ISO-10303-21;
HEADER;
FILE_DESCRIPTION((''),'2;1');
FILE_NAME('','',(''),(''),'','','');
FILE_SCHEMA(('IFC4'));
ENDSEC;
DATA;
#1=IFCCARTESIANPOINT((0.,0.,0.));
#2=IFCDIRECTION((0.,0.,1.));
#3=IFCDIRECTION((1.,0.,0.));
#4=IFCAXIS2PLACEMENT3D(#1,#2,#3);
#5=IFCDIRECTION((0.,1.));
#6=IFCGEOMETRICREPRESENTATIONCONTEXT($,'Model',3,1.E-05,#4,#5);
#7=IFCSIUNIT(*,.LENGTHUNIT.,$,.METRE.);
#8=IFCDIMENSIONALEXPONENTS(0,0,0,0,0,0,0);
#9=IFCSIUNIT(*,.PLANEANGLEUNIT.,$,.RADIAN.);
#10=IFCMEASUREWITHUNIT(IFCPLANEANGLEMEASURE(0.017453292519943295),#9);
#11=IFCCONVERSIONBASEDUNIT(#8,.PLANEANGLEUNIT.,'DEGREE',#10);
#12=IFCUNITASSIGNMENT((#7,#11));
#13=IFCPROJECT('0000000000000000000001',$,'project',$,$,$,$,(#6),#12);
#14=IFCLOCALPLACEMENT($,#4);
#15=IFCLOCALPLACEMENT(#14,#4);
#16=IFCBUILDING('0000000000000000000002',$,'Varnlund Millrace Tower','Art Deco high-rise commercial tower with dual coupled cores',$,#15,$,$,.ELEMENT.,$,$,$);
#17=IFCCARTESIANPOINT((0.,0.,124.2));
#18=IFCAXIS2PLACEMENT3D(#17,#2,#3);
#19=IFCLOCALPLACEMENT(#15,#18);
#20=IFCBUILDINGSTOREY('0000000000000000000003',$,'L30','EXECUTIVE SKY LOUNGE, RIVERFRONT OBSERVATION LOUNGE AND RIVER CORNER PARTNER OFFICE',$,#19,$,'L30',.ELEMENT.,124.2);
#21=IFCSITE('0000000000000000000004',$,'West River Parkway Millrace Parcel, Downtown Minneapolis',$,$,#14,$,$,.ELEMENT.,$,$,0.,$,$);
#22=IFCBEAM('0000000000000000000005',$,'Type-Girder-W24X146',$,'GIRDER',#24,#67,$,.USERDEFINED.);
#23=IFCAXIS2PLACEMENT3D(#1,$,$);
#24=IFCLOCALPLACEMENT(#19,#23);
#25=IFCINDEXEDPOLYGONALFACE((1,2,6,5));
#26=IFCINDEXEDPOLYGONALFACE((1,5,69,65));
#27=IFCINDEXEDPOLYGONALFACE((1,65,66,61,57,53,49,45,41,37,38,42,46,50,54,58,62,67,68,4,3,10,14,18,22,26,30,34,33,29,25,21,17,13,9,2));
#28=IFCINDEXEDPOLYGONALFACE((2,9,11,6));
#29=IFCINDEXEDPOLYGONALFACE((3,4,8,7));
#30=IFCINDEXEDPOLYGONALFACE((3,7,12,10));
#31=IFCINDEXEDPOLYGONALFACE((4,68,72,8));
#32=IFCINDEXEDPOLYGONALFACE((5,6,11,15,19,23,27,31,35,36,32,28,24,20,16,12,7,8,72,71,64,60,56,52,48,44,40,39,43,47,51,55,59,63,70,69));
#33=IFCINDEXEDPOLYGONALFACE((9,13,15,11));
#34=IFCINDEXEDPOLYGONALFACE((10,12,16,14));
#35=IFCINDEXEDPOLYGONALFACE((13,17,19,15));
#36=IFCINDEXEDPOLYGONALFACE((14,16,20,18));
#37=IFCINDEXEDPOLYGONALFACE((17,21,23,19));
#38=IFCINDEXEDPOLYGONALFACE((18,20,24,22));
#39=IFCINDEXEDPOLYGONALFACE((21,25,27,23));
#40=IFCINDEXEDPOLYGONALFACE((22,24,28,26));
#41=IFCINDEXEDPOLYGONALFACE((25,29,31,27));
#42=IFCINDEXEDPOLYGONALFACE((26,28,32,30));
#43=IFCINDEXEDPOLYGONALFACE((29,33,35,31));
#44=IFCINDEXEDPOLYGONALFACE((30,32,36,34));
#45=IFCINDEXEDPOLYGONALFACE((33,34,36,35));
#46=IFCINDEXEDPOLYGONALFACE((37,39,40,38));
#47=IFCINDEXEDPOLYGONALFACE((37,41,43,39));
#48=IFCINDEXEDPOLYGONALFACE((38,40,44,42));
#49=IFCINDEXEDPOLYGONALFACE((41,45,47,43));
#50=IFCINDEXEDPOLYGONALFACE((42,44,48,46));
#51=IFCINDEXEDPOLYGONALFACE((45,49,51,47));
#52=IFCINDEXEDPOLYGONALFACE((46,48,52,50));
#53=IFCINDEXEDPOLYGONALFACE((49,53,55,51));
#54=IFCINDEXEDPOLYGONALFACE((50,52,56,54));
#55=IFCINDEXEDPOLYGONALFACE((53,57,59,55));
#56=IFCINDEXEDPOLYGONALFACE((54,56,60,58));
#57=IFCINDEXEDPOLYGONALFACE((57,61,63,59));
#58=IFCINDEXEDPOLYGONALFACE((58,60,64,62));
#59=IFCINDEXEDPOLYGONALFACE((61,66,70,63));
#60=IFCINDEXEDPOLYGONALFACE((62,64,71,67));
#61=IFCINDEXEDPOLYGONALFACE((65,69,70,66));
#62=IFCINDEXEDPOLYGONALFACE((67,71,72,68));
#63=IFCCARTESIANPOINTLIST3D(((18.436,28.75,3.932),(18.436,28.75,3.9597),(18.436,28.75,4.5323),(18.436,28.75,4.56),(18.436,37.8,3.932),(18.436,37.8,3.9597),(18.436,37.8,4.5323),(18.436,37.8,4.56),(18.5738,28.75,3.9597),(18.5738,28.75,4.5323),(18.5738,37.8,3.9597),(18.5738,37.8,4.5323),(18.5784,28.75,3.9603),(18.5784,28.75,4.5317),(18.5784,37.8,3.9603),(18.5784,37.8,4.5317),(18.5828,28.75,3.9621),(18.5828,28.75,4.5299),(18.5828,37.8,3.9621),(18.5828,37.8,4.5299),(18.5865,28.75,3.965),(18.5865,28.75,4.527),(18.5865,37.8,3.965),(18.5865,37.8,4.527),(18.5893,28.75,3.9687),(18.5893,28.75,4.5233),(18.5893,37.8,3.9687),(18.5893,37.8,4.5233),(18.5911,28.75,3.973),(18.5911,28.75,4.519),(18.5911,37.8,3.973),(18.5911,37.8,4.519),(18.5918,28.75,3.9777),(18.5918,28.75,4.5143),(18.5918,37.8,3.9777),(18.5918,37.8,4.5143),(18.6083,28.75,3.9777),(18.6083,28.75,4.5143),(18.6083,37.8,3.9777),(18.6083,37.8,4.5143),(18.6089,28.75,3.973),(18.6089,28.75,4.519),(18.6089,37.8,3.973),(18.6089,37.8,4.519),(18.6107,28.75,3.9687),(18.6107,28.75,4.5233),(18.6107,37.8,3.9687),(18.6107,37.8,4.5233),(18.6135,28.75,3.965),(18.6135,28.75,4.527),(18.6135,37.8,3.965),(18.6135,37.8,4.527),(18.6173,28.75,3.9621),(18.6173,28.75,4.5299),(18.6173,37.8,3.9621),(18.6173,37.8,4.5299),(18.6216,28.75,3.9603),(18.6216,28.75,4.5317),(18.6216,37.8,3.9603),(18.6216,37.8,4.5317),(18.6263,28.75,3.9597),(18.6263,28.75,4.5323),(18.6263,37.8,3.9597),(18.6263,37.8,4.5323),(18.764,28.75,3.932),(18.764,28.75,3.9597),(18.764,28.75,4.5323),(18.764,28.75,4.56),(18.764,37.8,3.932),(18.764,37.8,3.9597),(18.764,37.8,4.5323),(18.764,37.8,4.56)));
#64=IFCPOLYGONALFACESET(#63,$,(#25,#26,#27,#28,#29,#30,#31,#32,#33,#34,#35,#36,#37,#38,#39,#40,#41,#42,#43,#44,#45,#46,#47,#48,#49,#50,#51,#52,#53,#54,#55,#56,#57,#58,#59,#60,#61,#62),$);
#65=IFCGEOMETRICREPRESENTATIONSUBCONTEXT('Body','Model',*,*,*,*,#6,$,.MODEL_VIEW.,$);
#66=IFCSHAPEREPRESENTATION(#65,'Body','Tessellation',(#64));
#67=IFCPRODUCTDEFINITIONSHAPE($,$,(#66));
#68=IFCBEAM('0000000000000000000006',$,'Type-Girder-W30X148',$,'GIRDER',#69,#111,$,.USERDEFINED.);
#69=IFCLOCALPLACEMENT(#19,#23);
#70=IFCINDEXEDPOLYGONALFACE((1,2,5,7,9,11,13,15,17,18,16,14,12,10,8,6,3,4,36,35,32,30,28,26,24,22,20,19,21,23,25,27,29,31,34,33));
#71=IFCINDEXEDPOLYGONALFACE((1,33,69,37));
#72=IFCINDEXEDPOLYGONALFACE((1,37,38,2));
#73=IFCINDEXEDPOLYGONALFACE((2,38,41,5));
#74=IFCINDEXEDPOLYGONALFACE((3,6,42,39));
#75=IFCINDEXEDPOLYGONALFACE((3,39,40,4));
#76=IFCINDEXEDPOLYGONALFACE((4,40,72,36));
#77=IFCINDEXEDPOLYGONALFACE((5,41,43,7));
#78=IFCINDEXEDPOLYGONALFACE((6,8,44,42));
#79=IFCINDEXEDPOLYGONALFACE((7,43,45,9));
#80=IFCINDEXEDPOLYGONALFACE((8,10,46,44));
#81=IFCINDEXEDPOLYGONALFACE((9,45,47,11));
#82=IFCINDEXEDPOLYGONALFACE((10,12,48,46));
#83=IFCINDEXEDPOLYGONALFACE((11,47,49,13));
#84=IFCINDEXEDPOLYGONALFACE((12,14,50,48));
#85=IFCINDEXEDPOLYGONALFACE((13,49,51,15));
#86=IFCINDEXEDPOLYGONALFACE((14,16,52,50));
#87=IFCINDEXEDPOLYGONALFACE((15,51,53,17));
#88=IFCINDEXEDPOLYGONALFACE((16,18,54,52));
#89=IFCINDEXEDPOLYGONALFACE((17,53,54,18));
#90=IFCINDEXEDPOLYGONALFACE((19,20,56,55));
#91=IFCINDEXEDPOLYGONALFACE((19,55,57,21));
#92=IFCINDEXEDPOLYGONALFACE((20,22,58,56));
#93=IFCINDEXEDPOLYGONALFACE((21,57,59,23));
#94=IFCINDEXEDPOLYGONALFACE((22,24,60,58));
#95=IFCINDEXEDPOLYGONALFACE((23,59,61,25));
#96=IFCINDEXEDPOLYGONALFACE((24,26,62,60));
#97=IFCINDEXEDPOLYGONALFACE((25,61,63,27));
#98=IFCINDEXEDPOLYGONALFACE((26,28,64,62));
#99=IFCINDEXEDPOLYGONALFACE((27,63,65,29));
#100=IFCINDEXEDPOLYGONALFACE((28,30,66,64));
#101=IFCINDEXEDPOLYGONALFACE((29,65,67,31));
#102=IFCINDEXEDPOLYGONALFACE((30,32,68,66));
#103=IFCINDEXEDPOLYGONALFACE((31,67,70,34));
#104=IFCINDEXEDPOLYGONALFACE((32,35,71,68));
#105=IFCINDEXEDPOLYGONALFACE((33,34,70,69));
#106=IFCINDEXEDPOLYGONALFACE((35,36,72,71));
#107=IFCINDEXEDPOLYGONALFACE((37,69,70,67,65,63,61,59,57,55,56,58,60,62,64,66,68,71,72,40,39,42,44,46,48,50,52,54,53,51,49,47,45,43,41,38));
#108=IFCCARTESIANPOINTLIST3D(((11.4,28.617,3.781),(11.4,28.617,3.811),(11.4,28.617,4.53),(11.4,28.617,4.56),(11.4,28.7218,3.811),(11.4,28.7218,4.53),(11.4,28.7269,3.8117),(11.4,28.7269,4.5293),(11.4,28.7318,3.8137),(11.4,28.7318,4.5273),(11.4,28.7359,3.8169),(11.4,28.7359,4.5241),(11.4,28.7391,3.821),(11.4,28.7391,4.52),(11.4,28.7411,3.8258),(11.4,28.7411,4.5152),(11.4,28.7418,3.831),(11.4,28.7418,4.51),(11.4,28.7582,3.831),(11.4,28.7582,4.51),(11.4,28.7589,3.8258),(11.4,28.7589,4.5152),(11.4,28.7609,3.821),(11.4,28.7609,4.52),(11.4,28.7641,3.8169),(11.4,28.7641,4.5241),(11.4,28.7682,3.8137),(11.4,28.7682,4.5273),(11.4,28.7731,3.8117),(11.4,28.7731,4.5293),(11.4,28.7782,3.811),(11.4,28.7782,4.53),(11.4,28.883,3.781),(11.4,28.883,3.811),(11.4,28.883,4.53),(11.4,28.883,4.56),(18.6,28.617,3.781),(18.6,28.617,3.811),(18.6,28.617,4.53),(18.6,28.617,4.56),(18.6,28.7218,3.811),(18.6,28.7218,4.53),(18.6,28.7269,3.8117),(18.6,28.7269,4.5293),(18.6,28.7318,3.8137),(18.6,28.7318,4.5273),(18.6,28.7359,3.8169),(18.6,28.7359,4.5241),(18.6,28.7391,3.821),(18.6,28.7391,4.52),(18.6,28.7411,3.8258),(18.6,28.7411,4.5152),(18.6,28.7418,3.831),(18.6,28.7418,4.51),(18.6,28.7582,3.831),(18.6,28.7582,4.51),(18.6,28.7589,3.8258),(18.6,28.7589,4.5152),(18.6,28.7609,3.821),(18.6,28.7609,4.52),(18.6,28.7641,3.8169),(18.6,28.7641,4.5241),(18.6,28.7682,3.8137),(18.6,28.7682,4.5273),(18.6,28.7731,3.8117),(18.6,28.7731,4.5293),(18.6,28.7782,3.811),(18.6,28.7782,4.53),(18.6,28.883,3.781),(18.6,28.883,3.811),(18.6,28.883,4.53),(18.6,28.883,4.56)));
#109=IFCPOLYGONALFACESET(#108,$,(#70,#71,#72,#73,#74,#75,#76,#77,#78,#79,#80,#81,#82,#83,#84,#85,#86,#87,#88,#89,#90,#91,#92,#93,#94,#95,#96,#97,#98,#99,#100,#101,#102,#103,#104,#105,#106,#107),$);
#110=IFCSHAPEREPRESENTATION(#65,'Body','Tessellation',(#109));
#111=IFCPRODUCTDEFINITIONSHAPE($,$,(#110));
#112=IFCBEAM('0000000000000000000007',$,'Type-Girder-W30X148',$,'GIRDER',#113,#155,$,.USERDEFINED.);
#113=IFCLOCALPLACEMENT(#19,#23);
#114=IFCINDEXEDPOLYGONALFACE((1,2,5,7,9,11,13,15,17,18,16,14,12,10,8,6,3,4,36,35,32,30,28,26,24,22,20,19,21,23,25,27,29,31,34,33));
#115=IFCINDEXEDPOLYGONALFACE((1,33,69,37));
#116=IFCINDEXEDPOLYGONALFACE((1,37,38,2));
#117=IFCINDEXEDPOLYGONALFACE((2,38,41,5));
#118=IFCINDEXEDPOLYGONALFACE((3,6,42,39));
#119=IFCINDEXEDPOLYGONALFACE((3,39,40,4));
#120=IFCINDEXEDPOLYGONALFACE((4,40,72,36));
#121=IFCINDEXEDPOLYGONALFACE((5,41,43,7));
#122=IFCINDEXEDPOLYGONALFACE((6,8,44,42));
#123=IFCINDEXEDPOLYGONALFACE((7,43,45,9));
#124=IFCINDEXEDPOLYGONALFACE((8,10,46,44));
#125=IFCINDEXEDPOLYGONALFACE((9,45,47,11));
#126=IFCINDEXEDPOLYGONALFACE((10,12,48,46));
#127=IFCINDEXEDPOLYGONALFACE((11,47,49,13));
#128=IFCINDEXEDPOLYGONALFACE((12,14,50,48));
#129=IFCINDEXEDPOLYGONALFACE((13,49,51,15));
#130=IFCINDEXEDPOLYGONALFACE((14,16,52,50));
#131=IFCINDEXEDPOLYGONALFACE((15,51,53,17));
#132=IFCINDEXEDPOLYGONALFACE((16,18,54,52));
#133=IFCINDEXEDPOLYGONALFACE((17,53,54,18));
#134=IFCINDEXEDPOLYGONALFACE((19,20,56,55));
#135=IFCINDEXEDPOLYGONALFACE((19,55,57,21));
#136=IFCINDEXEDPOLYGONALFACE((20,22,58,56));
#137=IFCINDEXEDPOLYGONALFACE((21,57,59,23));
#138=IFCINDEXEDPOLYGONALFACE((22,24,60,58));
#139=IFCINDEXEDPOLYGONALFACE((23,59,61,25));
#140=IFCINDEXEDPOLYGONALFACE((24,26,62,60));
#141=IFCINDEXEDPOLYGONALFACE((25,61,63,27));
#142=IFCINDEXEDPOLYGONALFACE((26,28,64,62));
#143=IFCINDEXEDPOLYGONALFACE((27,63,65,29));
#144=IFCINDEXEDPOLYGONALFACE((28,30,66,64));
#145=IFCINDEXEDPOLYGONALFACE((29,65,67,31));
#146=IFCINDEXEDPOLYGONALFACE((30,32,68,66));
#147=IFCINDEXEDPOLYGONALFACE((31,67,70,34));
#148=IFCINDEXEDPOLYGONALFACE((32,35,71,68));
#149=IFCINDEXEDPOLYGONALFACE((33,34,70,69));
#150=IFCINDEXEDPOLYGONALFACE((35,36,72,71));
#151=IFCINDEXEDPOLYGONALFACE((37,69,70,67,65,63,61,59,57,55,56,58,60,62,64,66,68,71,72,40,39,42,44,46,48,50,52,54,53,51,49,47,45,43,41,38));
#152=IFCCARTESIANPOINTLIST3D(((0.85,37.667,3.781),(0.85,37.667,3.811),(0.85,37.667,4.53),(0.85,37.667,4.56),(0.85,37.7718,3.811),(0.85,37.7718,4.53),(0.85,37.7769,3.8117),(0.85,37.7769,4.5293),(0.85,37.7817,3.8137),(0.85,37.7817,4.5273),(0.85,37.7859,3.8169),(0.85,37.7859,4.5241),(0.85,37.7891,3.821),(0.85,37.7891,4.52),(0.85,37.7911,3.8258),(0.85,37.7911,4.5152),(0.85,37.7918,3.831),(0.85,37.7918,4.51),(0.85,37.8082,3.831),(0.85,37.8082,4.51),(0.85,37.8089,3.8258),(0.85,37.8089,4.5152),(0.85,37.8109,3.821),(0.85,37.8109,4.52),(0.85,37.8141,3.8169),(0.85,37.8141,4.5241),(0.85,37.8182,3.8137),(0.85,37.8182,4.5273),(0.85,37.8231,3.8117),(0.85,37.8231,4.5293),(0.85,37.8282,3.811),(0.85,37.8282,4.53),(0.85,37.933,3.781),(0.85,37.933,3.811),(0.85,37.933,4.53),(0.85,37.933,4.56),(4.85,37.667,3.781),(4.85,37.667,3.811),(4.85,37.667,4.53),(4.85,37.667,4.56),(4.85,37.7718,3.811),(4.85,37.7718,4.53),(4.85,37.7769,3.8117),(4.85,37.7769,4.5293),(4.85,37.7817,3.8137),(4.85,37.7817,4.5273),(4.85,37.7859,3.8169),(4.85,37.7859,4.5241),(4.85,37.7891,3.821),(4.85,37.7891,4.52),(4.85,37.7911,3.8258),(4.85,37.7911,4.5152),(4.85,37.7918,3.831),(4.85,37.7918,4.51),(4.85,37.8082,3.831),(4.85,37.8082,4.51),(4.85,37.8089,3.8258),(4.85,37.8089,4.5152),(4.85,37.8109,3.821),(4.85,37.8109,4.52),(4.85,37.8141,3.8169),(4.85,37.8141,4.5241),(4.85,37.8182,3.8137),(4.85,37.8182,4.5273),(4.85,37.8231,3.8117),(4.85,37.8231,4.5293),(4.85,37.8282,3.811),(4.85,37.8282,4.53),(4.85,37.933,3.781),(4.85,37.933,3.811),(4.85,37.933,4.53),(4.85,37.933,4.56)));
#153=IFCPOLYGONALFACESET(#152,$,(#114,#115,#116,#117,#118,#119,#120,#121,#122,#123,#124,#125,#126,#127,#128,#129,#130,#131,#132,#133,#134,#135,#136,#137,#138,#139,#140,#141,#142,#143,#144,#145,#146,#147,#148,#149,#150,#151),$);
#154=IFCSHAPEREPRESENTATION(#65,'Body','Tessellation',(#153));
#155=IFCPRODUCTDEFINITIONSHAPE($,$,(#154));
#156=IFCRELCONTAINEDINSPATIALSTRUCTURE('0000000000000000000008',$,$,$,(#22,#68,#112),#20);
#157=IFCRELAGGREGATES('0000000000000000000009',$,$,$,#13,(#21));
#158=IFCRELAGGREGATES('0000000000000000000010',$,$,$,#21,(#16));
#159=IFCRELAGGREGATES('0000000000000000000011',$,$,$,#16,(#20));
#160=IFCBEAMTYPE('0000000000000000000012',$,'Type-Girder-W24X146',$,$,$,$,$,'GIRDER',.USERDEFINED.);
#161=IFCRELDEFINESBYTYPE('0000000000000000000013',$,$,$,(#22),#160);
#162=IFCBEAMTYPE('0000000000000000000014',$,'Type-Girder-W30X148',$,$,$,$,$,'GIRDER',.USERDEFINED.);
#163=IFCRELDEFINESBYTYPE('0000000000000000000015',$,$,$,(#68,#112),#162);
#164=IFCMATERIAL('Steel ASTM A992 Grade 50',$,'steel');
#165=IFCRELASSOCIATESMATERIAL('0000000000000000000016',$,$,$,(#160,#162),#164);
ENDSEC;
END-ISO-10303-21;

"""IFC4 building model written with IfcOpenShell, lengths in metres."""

from ifc_helpers import new_model, entity, si_unit, converted_unit, direction, frame, origin_with_axes, origin_2d_with_axis, place, context, subcontext, project, spatial, i_section, extrude, material, material_profile, profile_set, type_object, element, save


model = new_model("IFC4")

# Units and contexts
model_context = context("Model", 3, precision=1e-05, world=origin_with_axes(), true_north=direction((0.0, 1.0)))
body_context = subcontext(model_context, "Body", "Model", "MODEL_VIEW")
ifc_project = project(units=[si_unit("LENGTHUNIT", "METRE"), converted_unit("PLANEANGLEUNIT", "DEGREE", entity("IfcPlaneAngleMeasure", 0.017453292519943295), si_unit("PLANEANGLEUNIT", "RADIAN"), dimensions=[0, 0, 0, 0, 0, 0, 0])], contexts=[model_context])

# Site, building, storey
site_placement = place(None, origin_with_axes())
site = spatial("IfcSite", under=ifc_project, at=site_placement, Name="West River Parkway Millrace Parcel, Downtown Minneapolis", CompositionType="ELEMENT", RefElevation=0.0)
building_placement = place(site_placement, origin_with_axes())
building = spatial("IfcBuilding", under=site, at=building_placement, Name="Varnlund Millrace Tower", Description="Art Deco high-rise commercial tower with dual coupled cores", CompositionType="ELEMENT")
storey_placement = place(building_placement, frame((0.0, 0.0, 124.2), z_axis=(0.0, 0.0, 1.0), x_axis=(1.0, 0.0, 0.0)))
storey = spatial("IfcBuildingStorey", under=building, at=storey_placement, Name="L30", Description="EXECUTIVE SKY LOUNGE, RIVERFRONT OBSERVATION LOUNGE AND RIVER CORNER PARTNER OFFICE", LongName="L30", CompositionType="ELEMENT", Elevation=124.2)

# Beams
ifc_material_1 = material(Name="Steel ASTM A992 Grade 50", Category="steel")
ifc_material_profile_1 = material_profile(ifc_material_1, i_section(OverallWidth=0.328, OverallDepth=0.628, WebThickness=0.0165, FlangeThickness=0.0277, FilletRadius=0.018, at=origin_2d_with_axis()), Name="Steel ASTM A992 Grade 50")
ifc_profile_set_1 = profile_set([ifc_material_profile_1], Name="Steel ASTM A992 Grade 50")
beam_type_1 = type_object("IfcBeamType", Name="Type-Girder-W24X146", ElementType="GIRDER", PredefinedType="USERDEFINED", material=ifc_profile_set_1)
for number, where, z_axis, x_axis, name in (
    (1, (18.6, 28.75, 4.246), (0.0, 1.0, 0.0), (-1.0, 0.0, 0.0), "Type-Girder-W24X146"),
):
    element("IfcBeam", number, at=place(storey_placement, frame(where, z_axis=z_axis, x_axis=x_axis)), inside=storey, type_object=beam_type_1, Name=name, ObjectType="GIRDER", PredefinedType="USERDEFINED", context=body_context, shape_type="SweptSolid", body=[
        extrude(i_section(OverallWidth=0.328, OverallDepth=0.628, WebThickness=0.0165, FlangeThickness=0.0277, FilletRadius=0.018, at=origin_2d_with_axis()), origin_with_axes(), (0.0, 0.0, 1.0), 9.05),
    ])
ifc_material_profile_2 = material_profile(ifc_material_1, i_section(OverallWidth=0.266, OverallDepth=0.779, WebThickness=0.0165, FlangeThickness=0.03, FilletRadius=0.02, at=origin_2d_with_axis()), Name="Steel ASTM A992 Grade 50")
ifc_profile_set_2 = profile_set([ifc_material_profile_2], Name="Steel ASTM A992 Grade 50")
beam_type_2 = type_object("IfcBeamType", Name="Type-Girder-W30X148", ElementType="GIRDER", PredefinedType="USERDEFINED", material=ifc_profile_set_2)
beam_1_placement = place(storey_placement, frame((11.4, 28.75, 4.1705), z_axis=(1.0, 0.0, 0.0), x_axis=(0.0, 1.0, 0.0)))
element("IfcBeam", 2, at=beam_1_placement, inside=storey, type_object=beam_type_2, Name="Type-Girder-W30X148", ObjectType="GIRDER", PredefinedType="USERDEFINED", context=body_context, shape_type="SweptSolid", body=[
    extrude(i_section(OverallWidth=0.266, OverallDepth=0.779, WebThickness=0.0165, FlangeThickness=0.03, FilletRadius=0.02, at=origin_2d_with_axis()), origin_with_axes(), (0.0, 0.0, 1.0), 7.2),
])
beam_2_placement = place(storey_placement, frame((0.85, 37.8, 4.1705), z_axis=(1.0, 0.0, 0.0), x_axis=(0.0, 1.0, 0.0)))
element("IfcBeam", 3, at=beam_2_placement, inside=storey, type_object=beam_type_2, Name="Type-Girder-W30X148", ObjectType="GIRDER", PredefinedType="USERDEFINED", context=body_context, shape_type="SweptSolid", body=[
    extrude(i_section(OverallWidth=0.266, OverallDepth=0.779, WebThickness=0.0165, FlangeThickness=0.03, FilletRadius=0.02, at=origin_2d_with_axis()), origin_with_axes(), (0.0, 0.0, 1.0), 4.0),
])

save(model, "model.ifc")
